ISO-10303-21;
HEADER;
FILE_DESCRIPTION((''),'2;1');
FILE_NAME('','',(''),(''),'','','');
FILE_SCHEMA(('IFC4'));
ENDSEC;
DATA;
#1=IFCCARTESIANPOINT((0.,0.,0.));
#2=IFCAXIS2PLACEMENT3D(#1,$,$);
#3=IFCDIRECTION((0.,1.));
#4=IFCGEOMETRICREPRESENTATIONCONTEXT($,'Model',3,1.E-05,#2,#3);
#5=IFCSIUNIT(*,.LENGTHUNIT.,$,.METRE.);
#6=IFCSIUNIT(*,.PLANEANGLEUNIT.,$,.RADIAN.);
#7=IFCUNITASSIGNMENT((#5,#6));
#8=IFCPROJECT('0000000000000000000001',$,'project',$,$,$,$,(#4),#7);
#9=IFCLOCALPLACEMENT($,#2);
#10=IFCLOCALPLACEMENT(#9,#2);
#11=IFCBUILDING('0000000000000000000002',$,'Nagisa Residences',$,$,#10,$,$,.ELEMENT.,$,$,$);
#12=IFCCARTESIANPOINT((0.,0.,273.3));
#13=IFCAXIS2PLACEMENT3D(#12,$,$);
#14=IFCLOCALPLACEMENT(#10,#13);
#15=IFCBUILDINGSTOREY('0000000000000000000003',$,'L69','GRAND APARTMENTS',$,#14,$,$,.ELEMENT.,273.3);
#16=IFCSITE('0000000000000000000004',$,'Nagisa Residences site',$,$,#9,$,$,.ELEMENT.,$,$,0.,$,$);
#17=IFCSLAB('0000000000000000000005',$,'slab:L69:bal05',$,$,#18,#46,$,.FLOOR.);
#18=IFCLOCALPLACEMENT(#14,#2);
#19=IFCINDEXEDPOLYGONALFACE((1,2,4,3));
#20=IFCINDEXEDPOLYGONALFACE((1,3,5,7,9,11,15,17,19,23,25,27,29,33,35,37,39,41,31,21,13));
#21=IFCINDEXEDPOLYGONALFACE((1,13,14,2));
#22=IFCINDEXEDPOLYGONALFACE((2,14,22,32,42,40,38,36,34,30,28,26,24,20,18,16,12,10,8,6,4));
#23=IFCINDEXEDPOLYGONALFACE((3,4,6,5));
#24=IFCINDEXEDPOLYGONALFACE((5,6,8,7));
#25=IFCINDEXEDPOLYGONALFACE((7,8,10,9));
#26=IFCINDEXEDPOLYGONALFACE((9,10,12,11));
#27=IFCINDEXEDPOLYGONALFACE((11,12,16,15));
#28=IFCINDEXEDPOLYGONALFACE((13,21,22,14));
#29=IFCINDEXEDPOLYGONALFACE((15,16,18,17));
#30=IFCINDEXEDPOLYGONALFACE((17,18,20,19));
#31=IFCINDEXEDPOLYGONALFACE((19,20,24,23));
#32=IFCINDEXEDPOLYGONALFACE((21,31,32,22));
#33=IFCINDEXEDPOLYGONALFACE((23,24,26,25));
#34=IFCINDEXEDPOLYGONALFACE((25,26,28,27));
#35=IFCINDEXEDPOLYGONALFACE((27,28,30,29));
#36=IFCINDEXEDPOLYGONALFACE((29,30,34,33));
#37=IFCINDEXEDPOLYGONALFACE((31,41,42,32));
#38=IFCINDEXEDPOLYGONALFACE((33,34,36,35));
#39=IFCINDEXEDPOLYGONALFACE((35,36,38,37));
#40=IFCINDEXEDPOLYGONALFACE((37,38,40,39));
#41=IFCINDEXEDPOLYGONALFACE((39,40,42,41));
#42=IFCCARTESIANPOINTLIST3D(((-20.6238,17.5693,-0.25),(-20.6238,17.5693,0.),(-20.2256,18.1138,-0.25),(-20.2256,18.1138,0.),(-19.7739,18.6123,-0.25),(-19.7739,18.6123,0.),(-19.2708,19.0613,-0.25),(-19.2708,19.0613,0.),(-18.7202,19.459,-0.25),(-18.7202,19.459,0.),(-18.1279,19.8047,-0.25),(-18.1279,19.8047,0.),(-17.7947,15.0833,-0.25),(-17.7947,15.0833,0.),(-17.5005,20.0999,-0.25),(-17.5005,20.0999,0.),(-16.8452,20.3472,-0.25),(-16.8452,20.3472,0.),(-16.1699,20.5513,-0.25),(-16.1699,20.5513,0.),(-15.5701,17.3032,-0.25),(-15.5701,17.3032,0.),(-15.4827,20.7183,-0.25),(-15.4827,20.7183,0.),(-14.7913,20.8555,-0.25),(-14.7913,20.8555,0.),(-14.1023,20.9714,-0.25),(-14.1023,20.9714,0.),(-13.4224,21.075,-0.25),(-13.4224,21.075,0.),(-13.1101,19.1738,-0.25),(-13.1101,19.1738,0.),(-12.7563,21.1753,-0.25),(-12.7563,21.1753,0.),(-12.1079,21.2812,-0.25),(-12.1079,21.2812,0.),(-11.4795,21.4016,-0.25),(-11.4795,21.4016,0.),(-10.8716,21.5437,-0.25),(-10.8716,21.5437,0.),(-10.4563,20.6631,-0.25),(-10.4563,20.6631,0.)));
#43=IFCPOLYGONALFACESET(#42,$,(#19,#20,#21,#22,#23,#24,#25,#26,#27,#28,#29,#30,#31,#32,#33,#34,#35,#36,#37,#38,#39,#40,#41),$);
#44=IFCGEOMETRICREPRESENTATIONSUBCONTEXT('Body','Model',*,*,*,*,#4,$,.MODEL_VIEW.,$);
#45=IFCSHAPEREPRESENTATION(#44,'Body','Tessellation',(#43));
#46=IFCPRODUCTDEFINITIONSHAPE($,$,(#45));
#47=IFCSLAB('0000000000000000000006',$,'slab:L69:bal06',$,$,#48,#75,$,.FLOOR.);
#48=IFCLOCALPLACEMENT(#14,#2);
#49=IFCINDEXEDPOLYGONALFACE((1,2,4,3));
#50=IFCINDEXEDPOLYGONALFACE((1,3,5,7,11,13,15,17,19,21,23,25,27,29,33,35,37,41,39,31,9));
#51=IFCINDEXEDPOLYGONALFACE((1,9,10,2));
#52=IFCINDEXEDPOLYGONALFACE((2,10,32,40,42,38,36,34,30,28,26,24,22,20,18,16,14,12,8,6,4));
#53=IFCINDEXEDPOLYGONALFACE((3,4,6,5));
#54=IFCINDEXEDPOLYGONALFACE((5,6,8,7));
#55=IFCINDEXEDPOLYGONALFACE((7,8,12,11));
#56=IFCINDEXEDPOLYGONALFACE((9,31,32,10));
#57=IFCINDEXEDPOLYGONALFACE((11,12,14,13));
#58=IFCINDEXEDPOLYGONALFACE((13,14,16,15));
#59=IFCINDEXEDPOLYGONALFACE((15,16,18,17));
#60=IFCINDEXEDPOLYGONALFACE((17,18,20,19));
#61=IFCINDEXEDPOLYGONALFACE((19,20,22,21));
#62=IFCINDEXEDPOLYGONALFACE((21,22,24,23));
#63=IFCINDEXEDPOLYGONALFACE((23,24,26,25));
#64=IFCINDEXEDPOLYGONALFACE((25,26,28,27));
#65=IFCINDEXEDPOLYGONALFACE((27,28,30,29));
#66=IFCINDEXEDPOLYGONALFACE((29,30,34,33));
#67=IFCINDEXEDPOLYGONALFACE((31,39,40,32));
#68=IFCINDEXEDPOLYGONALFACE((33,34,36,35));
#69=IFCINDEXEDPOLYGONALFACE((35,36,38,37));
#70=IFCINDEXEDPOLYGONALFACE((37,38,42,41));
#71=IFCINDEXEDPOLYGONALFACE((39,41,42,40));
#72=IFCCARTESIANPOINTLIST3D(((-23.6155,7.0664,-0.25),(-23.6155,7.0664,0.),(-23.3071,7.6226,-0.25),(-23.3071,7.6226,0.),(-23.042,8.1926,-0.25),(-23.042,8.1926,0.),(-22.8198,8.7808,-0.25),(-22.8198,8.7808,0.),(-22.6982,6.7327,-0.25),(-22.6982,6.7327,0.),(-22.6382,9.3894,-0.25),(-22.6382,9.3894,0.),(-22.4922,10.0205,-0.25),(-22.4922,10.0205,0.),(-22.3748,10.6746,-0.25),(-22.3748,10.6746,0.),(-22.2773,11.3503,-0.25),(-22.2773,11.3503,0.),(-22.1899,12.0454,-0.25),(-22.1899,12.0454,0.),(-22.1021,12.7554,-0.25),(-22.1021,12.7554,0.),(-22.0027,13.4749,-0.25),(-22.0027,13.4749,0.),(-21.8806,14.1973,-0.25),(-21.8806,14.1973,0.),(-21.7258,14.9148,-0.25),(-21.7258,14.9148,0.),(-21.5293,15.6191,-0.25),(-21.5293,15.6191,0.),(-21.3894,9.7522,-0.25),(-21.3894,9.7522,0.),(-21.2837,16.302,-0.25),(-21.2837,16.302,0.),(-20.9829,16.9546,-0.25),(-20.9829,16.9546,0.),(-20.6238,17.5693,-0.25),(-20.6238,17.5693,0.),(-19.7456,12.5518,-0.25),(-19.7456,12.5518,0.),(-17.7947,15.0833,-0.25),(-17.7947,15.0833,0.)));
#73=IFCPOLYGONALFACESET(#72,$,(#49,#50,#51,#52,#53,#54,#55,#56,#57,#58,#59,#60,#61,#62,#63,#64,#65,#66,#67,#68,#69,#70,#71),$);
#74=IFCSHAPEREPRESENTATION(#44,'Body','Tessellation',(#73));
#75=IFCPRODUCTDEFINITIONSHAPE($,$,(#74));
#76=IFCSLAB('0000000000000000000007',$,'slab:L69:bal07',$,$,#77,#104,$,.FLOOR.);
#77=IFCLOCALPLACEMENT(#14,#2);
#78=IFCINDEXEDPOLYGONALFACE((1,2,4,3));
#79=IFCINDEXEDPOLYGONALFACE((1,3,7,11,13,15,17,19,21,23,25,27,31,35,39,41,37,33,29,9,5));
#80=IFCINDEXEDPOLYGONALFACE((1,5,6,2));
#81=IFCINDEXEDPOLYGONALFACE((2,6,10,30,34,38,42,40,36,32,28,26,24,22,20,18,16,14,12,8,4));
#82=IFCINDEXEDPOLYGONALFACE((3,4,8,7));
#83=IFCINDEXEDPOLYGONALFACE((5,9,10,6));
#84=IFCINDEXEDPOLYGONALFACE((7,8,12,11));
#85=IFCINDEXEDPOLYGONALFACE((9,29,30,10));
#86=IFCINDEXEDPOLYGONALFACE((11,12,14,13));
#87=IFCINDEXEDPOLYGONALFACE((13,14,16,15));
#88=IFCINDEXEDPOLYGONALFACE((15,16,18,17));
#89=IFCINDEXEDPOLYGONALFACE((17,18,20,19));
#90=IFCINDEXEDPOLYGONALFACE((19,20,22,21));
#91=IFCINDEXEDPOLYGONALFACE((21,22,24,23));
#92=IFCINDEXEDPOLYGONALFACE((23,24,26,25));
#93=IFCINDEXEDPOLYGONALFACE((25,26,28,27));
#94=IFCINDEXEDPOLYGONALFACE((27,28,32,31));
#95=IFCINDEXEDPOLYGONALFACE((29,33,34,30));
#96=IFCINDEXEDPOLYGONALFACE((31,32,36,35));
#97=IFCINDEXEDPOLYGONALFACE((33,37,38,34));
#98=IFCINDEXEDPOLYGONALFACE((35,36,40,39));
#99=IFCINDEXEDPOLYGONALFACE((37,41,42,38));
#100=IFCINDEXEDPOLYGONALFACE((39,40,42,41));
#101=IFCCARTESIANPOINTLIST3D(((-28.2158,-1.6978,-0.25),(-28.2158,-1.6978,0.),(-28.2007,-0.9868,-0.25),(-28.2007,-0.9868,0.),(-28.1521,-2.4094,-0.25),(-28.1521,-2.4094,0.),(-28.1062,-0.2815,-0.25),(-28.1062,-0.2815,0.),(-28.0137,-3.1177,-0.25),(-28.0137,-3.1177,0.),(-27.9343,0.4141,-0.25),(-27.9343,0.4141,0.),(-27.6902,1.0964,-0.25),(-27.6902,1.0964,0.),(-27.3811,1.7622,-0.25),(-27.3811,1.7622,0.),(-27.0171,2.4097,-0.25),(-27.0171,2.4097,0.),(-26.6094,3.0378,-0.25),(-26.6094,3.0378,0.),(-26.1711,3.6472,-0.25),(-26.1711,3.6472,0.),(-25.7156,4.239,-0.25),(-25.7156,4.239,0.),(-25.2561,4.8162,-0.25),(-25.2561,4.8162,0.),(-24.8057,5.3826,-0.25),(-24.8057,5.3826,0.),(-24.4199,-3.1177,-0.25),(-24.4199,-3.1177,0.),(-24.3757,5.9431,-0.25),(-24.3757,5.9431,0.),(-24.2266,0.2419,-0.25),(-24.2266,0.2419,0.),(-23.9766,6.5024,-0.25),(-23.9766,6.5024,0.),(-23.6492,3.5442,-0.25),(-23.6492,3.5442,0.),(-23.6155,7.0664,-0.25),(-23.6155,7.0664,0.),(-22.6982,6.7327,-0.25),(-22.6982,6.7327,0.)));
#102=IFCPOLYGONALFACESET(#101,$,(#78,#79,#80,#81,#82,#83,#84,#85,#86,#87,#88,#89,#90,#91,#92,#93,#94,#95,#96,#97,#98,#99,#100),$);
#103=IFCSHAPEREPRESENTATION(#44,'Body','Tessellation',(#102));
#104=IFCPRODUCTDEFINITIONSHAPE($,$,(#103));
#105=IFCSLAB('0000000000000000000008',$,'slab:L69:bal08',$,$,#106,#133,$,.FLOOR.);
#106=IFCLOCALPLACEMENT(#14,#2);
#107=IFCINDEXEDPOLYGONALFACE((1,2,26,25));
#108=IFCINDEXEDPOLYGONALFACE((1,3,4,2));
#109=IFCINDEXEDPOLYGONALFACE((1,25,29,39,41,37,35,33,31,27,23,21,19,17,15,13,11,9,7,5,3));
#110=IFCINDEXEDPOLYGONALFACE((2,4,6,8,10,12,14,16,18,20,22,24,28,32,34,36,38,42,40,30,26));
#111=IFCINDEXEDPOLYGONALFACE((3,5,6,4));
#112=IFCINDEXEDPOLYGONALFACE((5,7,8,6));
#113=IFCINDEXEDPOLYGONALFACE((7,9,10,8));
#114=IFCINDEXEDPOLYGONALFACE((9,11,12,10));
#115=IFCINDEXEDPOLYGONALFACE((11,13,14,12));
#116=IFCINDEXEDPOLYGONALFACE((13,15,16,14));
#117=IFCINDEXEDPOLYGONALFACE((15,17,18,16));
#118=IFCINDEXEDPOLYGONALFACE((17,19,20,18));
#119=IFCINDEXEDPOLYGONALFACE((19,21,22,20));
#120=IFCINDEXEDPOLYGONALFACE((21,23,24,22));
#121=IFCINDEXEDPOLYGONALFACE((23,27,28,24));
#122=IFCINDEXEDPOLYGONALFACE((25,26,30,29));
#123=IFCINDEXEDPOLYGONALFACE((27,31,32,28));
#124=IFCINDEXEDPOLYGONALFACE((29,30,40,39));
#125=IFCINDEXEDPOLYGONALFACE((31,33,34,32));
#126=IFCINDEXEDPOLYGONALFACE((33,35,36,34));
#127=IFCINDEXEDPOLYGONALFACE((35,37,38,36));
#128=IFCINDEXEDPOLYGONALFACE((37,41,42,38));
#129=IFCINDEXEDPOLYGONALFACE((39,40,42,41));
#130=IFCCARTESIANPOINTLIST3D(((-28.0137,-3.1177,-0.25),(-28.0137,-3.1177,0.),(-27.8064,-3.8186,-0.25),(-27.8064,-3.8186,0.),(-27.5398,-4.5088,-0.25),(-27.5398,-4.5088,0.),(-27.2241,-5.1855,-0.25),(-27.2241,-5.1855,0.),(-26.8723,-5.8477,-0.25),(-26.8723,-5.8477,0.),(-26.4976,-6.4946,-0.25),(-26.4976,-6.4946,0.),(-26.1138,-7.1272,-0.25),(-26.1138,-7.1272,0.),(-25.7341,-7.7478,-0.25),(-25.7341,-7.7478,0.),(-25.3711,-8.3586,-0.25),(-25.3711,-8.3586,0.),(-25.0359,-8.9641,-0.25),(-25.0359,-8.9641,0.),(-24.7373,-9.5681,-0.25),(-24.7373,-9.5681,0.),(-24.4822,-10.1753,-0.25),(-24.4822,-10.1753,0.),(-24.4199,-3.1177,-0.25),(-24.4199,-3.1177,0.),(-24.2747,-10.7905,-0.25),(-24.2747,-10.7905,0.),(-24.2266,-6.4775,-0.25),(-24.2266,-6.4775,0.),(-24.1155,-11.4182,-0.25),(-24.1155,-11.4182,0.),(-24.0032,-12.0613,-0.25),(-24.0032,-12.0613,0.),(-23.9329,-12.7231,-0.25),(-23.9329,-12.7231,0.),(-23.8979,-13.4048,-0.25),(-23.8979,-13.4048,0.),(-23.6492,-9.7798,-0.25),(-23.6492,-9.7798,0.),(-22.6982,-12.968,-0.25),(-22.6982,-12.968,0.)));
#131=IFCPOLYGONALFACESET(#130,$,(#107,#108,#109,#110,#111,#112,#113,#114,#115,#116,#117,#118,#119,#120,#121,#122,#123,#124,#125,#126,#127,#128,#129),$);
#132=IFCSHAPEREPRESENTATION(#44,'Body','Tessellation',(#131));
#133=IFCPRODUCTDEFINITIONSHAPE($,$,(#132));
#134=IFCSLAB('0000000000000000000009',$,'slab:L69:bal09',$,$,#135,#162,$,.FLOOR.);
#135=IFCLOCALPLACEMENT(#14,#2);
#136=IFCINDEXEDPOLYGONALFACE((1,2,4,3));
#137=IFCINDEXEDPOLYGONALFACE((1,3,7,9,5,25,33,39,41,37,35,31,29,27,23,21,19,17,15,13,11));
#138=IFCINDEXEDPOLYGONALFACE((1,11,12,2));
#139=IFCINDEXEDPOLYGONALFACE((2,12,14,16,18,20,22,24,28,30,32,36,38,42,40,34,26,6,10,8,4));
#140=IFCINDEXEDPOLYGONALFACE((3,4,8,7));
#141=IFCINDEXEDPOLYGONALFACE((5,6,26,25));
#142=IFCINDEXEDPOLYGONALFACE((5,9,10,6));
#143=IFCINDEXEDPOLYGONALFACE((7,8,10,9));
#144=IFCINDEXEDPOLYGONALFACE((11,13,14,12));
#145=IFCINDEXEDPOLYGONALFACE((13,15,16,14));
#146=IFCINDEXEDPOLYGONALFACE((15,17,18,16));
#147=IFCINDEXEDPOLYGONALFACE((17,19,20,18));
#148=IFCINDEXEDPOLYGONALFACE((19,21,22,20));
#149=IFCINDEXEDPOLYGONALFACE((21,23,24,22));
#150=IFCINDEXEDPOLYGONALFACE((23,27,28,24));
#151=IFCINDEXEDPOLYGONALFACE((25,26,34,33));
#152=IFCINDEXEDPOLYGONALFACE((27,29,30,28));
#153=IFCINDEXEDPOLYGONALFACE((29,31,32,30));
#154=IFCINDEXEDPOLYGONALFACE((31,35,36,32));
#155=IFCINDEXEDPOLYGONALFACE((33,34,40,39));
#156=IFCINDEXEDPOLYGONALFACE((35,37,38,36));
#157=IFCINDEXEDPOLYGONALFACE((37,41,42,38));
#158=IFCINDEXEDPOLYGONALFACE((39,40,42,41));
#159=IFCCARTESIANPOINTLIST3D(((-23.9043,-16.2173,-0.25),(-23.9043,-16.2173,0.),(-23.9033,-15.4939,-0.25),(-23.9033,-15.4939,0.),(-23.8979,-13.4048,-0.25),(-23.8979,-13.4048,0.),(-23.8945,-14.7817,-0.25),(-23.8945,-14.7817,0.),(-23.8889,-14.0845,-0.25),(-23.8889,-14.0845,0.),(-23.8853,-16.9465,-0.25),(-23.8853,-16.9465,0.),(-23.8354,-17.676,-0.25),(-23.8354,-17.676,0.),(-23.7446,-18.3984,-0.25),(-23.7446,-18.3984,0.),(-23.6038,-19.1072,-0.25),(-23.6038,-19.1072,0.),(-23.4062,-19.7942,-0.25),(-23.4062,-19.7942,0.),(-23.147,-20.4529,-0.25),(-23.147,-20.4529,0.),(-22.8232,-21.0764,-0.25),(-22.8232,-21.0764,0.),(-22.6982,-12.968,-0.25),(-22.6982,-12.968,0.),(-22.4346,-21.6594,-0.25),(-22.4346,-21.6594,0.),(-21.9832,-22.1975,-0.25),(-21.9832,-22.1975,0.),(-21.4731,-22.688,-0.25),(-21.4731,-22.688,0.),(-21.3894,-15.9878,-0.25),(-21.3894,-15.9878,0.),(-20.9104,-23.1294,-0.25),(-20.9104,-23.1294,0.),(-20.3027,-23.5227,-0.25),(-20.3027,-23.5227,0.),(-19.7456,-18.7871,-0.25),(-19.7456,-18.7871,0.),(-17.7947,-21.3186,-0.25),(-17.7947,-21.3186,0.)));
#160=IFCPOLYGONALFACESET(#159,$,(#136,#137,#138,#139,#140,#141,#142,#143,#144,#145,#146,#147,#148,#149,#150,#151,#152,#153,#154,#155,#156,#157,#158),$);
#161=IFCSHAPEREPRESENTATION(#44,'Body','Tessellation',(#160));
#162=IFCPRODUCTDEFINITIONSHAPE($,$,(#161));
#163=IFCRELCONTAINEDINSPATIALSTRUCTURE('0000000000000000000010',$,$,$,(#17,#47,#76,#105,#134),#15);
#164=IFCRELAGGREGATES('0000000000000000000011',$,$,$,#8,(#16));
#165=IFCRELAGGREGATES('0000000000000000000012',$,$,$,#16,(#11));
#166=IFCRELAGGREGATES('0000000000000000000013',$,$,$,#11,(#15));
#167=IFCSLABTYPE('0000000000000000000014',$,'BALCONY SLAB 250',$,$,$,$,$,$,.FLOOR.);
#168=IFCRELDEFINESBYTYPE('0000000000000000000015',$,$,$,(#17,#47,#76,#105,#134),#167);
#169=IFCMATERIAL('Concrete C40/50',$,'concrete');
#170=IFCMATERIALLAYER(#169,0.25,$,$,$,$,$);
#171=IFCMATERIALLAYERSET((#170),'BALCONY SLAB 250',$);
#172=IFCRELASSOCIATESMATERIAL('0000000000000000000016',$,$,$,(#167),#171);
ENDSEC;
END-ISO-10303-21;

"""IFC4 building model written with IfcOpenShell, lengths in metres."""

from ifc_helpers import new_model, si_unit, direction, frame, origin, place, context, subcontext, project, spatial, polyline, outline, extrude, material, layer, layer_set, type_object, element, save


model = new_model("IFC4")

# Units and contexts
model_context = context("Model", 3, precision=1e-05, world=origin(), true_north=direction((0.0, 1.0)))
body_context = subcontext(model_context, "Body", "Model", "MODEL_VIEW")
ifc_project = project(units=[si_unit("LENGTHUNIT", "METRE"), si_unit("PLANEANGLEUNIT", "RADIAN")], contexts=[model_context])

# Site, building, storey
site_placement = place(None, origin())
site = spatial("IfcSite", under=ifc_project, at=site_placement, Name="Nagisa Residences site", CompositionType="ELEMENT", RefElevation=0.0)
building_placement = place(site_placement, origin())
building = spatial("IfcBuilding", under=site, at=building_placement, Name="Nagisa Residences", CompositionType="ELEMENT")
storey_placement = place(building_placement, frame((0.0, 0.0, 273.3)))
storey = spatial("IfcBuildingStorey", under=building, at=storey_placement, Name="L69", Description="GRAND APARTMENTS", CompositionType="ELEMENT", Elevation=273.3)

# Slabs
ifc_material_1 = material(Name="Concrete C40/50", Category="concrete")
ifc_layer_1 = layer(ifc_material_1, 0.25)
ifc_layer_set_1 = layer_set([ifc_layer_1], Name="BALCONY SLAB 250")
slab_type_1 = type_object("IfcSlabType", Name="BALCONY SLAB 250", PredefinedType="FLOOR", material=ifc_layer_set_1)
slab_1_placement = place(storey_placement, frame((0.0, 0.0, -0.25)))
element("IfcSlab", 1, at=slab_1_placement, inside=storey, type_object=slab_type_1, Name="slab:L69:bal05", PredefinedType="FLOOR", context=body_context, shape_type="SweptSolid", body=[
    extrude(outline(polyline([(-10.8716, 21.5437), (-11.4795, 21.4016), (-12.1079, 21.2812), (-12.7563, 21.1753), (-13.4224, 21.075), (-14.1023, 20.9714), (-14.7913, 20.8555), (-15.4827, 20.7183), (-16.1699, 20.5513), (-16.8452, 20.3472), (-17.5005, 20.0999), (-18.1279, 19.8047), (-18.7202, 19.459), (-19.2708, 19.0613), (-19.7739, 18.6123), (-20.2256, 18.1138), (-20.6238, 17.5693), (-17.7947, 15.0833), (-15.5701, 17.3032), (-13.1101, 19.1738), (-10.4563, 20.6631), (-10.8716, 21.5437)])), origin(), (0.0, 0.0, 1.0), 0.25),
])
slab_2_placement = place(storey_placement, frame((0.0, 0.0, -0.25)))
element("IfcSlab", 2, at=slab_2_placement, inside=storey, type_object=slab_type_1, Name="slab:L69:bal06", PredefinedType="FLOOR", context=body_context, shape_type="SweptSolid", body=[
    extrude(outline(polyline([(-20.6238, 17.5693), (-20.9829, 16.9546), (-21.2837, 16.302), (-21.5293, 15.6191), (-21.7258, 14.9148), (-21.8806, 14.1973), (-22.0027, 13.4749), (-22.1021, 12.7554), (-22.1899, 12.0454), (-22.2773, 11.3503), (-22.3748, 10.6746), (-22.4922, 10.0205), (-22.6382, 9.3894), (-22.8198, 8.7808), (-23.042, 8.1926), (-23.3071, 7.6226), (-23.6155, 7.0664), (-22.6982, 6.7327), (-21.3894, 9.7522), (-19.7456, 12.5518), (-17.7947, 15.0833), (-20.6238, 17.5693)])), origin(), (0.0, 0.0, 1.0), 0.25),
])
slab_3_placement = place(storey_placement, frame((0.0, 0.0, -0.25)))
element("IfcSlab", 3, at=slab_3_placement, inside=storey, type_object=slab_type_1, Name="slab:L69:bal07", PredefinedType="FLOOR", context=body_context, shape_type="SweptSolid", body=[
    extrude(outline(polyline([(-23.6155, 7.0664), (-23.9766, 6.5024), (-24.3757, 5.9431), (-24.8057, 5.3826), (-25.2561, 4.8162), (-25.7156, 4.239), (-26.1711, 3.6472), (-26.6094, 3.0378), (-27.0171, 2.4097), (-27.3811, 1.7622), (-27.6902, 1.0964), (-27.9343, 0.4141), (-28.1062, -0.2815), (-28.2007, -0.9868), (-28.2158, -1.6978), (-28.1521, -2.4094), (-28.0137, -3.1177), (-24.4199, -3.1177), (-24.2266, 0.2419), (-23.6492, 3.5442), (-22.6982, 6.7327), (-23.6155, 7.0664)])), origin(), (0.0, 0.0, 1.0), 0.25),
])
slab_4_placement = place(storey_placement, frame((0.0, 0.0, -0.25)))
element("IfcSlab", 4, at=slab_4_placement, inside=storey, type_object=slab_type_1, Name="slab:L69:bal08", PredefinedType="FLOOR", context=body_context, shape_type="SweptSolid", body=[
    extrude(outline(polyline([(-28.0137, -3.1177), (-27.8064, -3.8186), (-27.5398, -4.5088), (-27.2241, -5.1855), (-26.8723, -5.8477), (-26.4976, -6.4946), (-26.1138, -7.1272), (-25.7341, -7.7478), (-25.3711, -8.3586), (-25.0359, -8.9641), (-24.7373, -9.5681), (-24.4822, -10.1753), (-24.2747, -10.7905), (-24.1155, -11.4182), (-24.0032, -12.0613), (-23.9329, -12.7231), (-23.8979, -13.4048), (-22.6982, -12.968), (-23.6492, -9.7798), (-24.2266, -6.4775), (-24.4199, -3.1177), (-28.0137, -3.1177)])), origin(), (0.0, 0.0, 1.0), 0.25),
])
slab_5_placement = place(storey_placement, frame((0.0, 0.0, -0.25)))
element("IfcSlab", 5, at=slab_5_placement, inside=storey, type_object=slab_type_1, Name="slab:L69:bal09", PredefinedType="FLOOR", context=body_context, shape_type="SweptSolid", body=[
    extrude(outline(polyline([(-23.8979, -13.4048), (-23.8889, -14.0845), (-23.8945, -14.7817), (-23.9033, -15.4939), (-23.9043, -16.2173), (-23.8853, -16.9465), (-23.8354, -17.676), (-23.7446, -18.3984), (-23.6038, -19.1072), (-23.4062, -19.7942), (-23.147, -20.4529), (-22.8232, -21.0764), (-22.4346, -21.6594), (-21.9832, -22.1975), (-21.4731, -22.688), (-20.9104, -23.1294), (-20.3027, -23.5227), (-17.7947, -21.3186), (-19.7456, -18.7871), (-21.3894, -15.9878), (-22.6982, -12.968), (-23.8979, -13.4048)])), origin(), (0.0, 0.0, 1.0), 0.25),
])

save(model, "model.ifc")
